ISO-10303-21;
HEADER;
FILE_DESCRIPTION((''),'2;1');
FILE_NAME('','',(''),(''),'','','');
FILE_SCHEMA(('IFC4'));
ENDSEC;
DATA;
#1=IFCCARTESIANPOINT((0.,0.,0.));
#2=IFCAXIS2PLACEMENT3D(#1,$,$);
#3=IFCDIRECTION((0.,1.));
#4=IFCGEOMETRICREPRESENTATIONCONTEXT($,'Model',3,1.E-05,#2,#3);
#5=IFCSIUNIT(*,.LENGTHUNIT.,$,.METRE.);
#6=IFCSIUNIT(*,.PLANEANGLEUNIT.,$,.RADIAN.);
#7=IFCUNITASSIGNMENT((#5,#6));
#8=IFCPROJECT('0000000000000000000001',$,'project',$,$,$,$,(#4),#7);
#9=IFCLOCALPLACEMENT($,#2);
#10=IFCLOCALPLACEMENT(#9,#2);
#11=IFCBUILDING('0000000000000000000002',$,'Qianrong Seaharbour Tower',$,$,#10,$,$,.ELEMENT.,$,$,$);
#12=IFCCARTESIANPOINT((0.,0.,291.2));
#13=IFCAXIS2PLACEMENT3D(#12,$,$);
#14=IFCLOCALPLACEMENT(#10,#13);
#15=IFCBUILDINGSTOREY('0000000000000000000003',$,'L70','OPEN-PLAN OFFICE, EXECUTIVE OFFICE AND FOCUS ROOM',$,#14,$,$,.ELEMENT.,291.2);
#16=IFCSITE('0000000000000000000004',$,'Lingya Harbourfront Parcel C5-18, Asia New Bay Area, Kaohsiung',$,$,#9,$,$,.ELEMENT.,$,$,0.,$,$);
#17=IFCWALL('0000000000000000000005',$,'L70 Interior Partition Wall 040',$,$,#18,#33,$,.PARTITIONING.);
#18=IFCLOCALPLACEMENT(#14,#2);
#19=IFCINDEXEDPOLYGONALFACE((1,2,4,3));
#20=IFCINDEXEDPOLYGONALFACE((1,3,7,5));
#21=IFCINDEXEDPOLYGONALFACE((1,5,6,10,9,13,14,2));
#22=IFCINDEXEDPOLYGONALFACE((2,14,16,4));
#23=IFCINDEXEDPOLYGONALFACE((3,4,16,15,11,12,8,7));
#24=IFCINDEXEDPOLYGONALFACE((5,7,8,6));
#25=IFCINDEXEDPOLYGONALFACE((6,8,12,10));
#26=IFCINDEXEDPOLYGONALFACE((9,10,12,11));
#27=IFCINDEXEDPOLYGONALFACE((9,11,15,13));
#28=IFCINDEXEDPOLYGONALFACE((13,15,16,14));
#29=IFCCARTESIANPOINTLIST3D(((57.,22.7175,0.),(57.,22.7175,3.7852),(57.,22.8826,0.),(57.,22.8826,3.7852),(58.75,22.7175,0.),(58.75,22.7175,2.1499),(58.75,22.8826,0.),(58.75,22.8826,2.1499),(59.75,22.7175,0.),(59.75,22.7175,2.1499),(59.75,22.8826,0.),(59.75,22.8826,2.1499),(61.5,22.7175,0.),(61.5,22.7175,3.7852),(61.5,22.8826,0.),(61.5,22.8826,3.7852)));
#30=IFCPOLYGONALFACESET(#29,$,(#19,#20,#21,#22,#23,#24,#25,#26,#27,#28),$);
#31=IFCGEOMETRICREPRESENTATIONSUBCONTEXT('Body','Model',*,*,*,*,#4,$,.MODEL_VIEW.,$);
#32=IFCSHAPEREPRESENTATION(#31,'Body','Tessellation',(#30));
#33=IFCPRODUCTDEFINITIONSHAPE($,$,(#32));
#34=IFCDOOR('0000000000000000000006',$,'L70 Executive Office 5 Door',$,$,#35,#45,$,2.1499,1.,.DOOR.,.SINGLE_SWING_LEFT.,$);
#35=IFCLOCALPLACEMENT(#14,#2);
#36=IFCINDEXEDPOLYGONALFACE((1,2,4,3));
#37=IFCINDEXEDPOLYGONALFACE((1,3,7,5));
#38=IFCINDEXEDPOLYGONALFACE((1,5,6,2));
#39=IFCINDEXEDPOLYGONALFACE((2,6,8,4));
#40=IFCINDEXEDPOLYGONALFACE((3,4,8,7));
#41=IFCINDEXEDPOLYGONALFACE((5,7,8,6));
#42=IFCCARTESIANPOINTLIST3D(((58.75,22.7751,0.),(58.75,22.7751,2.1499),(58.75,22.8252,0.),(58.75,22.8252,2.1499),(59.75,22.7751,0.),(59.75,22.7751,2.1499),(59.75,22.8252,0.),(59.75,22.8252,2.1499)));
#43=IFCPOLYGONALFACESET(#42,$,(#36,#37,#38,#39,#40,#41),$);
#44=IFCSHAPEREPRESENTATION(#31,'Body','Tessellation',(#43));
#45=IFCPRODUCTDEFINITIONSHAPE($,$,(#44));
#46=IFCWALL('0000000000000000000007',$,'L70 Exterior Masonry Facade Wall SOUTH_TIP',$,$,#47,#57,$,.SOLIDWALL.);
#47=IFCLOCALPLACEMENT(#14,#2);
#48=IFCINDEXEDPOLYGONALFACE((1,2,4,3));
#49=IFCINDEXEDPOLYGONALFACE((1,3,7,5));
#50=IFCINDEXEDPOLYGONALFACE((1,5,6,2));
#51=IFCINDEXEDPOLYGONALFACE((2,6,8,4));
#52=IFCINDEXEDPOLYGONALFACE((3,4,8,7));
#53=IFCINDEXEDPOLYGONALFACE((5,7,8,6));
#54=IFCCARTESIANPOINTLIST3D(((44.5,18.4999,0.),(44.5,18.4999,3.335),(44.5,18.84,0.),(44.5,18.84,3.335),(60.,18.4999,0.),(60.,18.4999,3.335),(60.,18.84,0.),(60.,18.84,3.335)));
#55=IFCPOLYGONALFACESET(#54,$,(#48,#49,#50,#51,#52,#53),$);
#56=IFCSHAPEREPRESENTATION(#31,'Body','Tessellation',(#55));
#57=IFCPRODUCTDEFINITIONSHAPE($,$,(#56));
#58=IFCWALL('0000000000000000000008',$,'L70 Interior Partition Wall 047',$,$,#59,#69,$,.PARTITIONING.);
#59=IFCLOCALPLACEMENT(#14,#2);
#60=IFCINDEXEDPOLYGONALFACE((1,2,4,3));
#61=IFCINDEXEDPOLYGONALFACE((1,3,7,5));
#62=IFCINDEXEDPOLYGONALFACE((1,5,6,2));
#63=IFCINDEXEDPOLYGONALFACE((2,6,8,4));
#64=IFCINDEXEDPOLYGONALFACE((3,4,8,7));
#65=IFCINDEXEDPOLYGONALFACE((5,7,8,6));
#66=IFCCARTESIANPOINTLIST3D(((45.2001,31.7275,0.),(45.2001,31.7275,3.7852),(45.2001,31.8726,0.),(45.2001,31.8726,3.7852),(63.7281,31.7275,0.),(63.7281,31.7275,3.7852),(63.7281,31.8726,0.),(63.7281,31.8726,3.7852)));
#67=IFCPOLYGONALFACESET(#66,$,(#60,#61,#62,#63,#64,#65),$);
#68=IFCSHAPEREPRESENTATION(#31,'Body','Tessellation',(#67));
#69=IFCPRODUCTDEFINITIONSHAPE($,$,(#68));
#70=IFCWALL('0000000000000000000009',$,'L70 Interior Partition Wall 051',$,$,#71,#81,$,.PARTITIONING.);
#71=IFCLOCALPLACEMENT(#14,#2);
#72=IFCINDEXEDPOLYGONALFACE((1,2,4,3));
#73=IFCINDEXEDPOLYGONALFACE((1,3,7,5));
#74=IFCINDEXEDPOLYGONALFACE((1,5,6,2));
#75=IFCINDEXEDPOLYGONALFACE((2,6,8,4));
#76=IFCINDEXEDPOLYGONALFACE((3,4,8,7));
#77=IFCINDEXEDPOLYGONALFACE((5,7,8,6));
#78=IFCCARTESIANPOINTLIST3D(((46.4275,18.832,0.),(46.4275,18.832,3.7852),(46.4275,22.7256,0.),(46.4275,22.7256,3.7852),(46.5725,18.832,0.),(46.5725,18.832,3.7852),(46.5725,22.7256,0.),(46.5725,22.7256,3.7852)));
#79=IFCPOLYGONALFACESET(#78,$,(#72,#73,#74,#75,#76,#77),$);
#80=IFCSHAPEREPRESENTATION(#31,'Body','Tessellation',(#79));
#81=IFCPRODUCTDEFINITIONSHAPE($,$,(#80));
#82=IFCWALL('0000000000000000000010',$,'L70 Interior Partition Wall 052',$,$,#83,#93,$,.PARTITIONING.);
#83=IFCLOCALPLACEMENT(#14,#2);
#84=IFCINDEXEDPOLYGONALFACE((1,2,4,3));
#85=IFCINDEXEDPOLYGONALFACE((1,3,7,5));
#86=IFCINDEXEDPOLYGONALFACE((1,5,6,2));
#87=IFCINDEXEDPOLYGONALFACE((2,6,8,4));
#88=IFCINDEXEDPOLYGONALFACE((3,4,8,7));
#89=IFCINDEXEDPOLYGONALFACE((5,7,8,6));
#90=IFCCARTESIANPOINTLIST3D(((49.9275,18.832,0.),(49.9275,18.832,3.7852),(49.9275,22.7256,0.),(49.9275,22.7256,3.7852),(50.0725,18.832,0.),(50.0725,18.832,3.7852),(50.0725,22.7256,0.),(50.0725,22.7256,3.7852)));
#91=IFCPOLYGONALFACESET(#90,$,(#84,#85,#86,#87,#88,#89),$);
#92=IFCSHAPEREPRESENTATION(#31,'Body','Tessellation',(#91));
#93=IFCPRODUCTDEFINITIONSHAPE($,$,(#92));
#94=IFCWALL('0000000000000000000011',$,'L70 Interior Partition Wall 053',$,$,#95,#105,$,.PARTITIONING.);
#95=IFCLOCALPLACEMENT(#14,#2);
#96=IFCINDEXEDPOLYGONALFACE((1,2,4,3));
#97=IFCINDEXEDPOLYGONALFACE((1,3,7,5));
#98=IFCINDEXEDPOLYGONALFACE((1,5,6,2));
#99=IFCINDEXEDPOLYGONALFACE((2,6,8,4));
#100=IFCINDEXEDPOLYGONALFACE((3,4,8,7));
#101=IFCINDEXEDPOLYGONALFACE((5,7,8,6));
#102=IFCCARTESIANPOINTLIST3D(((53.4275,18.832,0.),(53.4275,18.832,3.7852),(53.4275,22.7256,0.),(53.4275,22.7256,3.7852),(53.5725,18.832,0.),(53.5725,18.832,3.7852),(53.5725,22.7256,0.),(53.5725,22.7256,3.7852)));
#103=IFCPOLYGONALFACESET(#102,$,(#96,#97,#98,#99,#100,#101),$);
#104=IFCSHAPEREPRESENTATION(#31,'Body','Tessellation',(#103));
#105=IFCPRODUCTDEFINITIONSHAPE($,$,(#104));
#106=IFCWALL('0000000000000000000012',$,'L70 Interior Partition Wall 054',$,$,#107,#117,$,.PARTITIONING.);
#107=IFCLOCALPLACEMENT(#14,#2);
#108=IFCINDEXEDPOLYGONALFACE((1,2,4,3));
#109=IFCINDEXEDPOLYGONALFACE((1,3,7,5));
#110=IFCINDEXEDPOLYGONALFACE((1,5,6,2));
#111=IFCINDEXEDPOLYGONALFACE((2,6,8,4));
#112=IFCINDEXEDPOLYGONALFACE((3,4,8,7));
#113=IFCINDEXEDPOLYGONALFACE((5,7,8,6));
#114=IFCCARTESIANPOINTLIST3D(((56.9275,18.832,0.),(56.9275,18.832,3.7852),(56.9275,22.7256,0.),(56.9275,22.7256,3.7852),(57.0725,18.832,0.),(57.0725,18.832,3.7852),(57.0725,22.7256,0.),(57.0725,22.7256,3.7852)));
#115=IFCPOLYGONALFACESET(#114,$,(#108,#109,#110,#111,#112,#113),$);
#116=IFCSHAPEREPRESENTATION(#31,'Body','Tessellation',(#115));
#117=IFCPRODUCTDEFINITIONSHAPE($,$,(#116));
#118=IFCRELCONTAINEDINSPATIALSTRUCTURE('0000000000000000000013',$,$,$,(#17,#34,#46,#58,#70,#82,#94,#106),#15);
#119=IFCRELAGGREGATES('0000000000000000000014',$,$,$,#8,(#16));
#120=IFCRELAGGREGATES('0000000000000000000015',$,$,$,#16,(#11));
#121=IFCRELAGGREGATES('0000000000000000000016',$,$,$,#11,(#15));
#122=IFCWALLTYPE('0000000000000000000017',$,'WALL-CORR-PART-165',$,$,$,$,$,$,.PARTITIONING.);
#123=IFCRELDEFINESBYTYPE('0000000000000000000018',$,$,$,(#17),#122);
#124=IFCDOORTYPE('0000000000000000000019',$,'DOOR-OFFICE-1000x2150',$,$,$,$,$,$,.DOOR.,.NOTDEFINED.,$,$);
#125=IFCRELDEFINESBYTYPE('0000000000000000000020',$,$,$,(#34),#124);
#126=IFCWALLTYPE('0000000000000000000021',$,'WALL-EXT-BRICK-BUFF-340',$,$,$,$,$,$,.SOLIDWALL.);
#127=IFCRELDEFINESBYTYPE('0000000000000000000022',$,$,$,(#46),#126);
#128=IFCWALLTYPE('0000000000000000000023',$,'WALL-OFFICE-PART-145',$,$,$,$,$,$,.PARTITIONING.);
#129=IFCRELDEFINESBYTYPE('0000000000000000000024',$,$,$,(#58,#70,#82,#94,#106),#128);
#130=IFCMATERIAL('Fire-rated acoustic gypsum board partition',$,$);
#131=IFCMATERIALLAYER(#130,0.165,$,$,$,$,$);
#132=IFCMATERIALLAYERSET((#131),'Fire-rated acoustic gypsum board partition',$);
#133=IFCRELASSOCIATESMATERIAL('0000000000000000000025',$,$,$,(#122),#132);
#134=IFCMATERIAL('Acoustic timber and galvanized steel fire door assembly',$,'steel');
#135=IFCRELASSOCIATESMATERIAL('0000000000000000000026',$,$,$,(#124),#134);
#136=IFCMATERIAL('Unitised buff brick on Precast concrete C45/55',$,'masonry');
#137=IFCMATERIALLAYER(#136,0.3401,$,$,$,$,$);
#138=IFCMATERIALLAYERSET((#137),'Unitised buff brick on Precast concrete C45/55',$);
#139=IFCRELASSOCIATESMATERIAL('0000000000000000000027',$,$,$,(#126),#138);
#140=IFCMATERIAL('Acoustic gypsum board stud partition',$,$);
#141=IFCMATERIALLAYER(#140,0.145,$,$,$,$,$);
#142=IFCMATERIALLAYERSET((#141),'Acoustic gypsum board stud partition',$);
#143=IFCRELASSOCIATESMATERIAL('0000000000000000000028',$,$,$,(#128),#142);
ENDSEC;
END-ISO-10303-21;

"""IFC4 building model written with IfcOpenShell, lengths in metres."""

from ifc_helpers import new_model, si_unit, direction, frame, frame_2d, origin, place, context, subcontext, project, spatial, rectangle, extrude, material, layer, layer_set, type_object, element, fill, save


model = new_model("IFC4")

# Units and contexts
model_context = context("Model", 3, precision=1e-05, world=origin(), true_north=direction((0.0, 1.0)))
body_context = subcontext(model_context, "Body", "Model", "MODEL_VIEW")
ifc_project = project(units=[si_unit("LENGTHUNIT", "METRE"), si_unit("PLANEANGLEUNIT", "RADIAN")], contexts=[model_context])

# Site, building, storey
site_placement = place(None, origin())
site = spatial("IfcSite", under=ifc_project, at=site_placement, Name="Lingya Harbourfront Parcel C5-18, Asia New Bay Area, Kaohsiung", CompositionType="ELEMENT", RefElevation=0.0)
building_placement = place(site_placement, origin())
building = spatial("IfcBuilding", under=site, at=building_placement, Name="Qianrong Seaharbour Tower", CompositionType="ELEMENT")
storey_placement = place(building_placement, frame((0.0, 0.0, 291.2)))
storey = spatial("IfcBuildingStorey", under=building, at=storey_placement, Name="L70", Description="OPEN-PLAN OFFICE, EXECUTIVE OFFICE AND FOCUS ROOM", CompositionType="ELEMENT", Elevation=291.2)

# Shared definitions
ifc_material_1 = material(Name="Fire-rated acoustic gypsum board partition")
ifc_layer_1 = layer(ifc_material_1, 0.165)
ifc_layer_set_1 = layer_set([ifc_layer_1], Name="Fire-rated acoustic gypsum board partition")
wall_type_1 = type_object("IfcWallType", Name="WALL-CORR-PART-165", PredefinedType="PARTITIONING", material=ifc_layer_set_1)
ifc_material_2 = material(Name="Acoustic timber and galvanized steel fire door assembly", Category="steel")
door_type_1 = type_object("IfcDoorType", Name="DOOR-OFFICE-1000x2150", OperationType="NOTDEFINED", PredefinedType="DOOR", material=ifc_material_2)

# Wall, opening, door
wall_1_placement = place(storey_placement, frame((61.5, 22.8, 0.0), z_axis=(0.0, 0.0, 1.0), x_axis=(-1.0, 0.0, 0.0)))
wall_1 = element("IfcWall", 1, at=wall_1_placement, inside=storey, type_object=wall_type_1, Name="L70 Interior Partition Wall 040", PredefinedType="PARTITIONING", context=body_context, shape_type="SweptSolid", body=[
    extrude(rectangle(XDim=4.5, YDim=0.165, at=frame_2d((2.25, 0.0))), origin(), (0.0, 0.0, 1.0), 3.7852),
])
opening_1_placement = place(wall_1_placement, frame((1.75, 0.0, 0.0)))
opening_1 = element("IfcOpeningElement", 2, at=opening_1_placement, cuts=wall_1, PredefinedType="OPENING", context=body_context, shape_type="SweptSolid", body=[
    extrude(rectangle(XDim=1.0, YDim=2.1499, at=frame_2d((0.5, 1.075))), frame((0.0, 0.0925, 0.0), z_axis=(0.0, -1.0, 0.0), x_axis=(1.0, 0.0, 0.0)), (0.0, 0.0, 1.0), 0.1851),
])
door_1_placement = place(opening_1_placement, origin())
door_1 = element("IfcDoor", 3, at=door_1_placement, inside=storey, type_object=door_type_1, Name="L70 Executive Office 5 Door", OperationType="SINGLE_SWING_LEFT", OverallHeight=2.1499, OverallWidth=1.0, PredefinedType="DOOR", context=body_context, shape_type="SweptSolid", body=[
    extrude(rectangle(XDim=1.0, YDim=2.1499, at=frame_2d((0.5, 1.075))), frame((0.0, 0.0249, 0.0), z_axis=(0.0, -1.0, 0.0), x_axis=(1.0, 0.0, 0.0)), (0.0, 0.0, 1.0), 0.05),
])
fill(opening_1, door_1)

# Walls
ifc_material_3 = material(Name="Unitised buff brick on Precast concrete C45/55", Category="masonry")
ifc_layer_2 = layer(ifc_material_3, 0.3401)
ifc_layer_set_2 = layer_set([ifc_layer_2], Name="Unitised buff brick on Precast concrete C45/55")
wall_type_2 = type_object("IfcWallType", Name="WALL-EXT-BRICK-BUFF-340", PredefinedType="SOLIDWALL", material=ifc_layer_set_2)
wall_2_placement = place(storey_placement, frame((60.0, 18.6699, 0.0), z_axis=(0.0, 0.0, 1.0), x_axis=(-1.0, 0.0, 0.0)))
element("IfcWall", 4, at=wall_2_placement, inside=storey, type_object=wall_type_2, Name="L70 Exterior Masonry Facade Wall SOUTH_TIP", PredefinedType="SOLIDWALL", context=body_context, shape_type="SweptSolid", body=[
    extrude(rectangle(XDim=15.5, YDim=0.3401, at=frame_2d((7.75, 0.0))), origin(), (0.0, 0.0, 1.0), 3.335),
])
ifc_material_4 = material(Name="Acoustic gypsum board stud partition")
ifc_layer_3 = layer(ifc_material_4, 0.145)
ifc_layer_set_3 = layer_set([ifc_layer_3], Name="Acoustic gypsum board stud partition")
wall_type_3 = type_object("IfcWallType", Name="WALL-OFFICE-PART-145", PredefinedType="PARTITIONING", material=ifc_layer_set_3)
wall_3_placement = place(storey_placement, frame((45.2, 31.8, 0.0), z_axis=(0.0, 0.0, 1.0), x_axis=(1.0, 0.0, 0.0)))
element("IfcWall", 5, at=wall_3_placement, inside=storey, type_object=wall_type_3, Name="L70 Interior Partition Wall 047", PredefinedType="PARTITIONING", context=body_context, shape_type="SweptSolid", body=[
    extrude(rectangle(XDim=18.5281, YDim=0.145, at=frame_2d((9.2642, 0.0))), origin(), (0.0, 0.0, 1.0), 3.7852),
])
for number, where, z_axis, x_axis, name in (
    (6, (46.5, 22.7256, 0.0), (0.0, 0.0, 1.0), (0.0, -1.0, 0.0), "L70 Interior Partition Wall 051"),
    (7, (50.0, 22.7256, 0.0), (0.0, 0.0, 1.0), (0.0, -1.0, 0.0), "L70 Interior Partition Wall 052"),
    (8, (53.5, 22.7256, 0.0), (0.0, 0.0, 1.0), (0.0, -1.0, 0.0), "L70 Interior Partition Wall 053"),
    (9, (57.0, 22.7256, 0.0), (0.0, 0.0, 1.0), (0.0, -1.0, 0.0), "L70 Interior Partition Wall 054"),
):
    element("IfcWall", number, at=place(storey_placement, frame(where, z_axis=z_axis, x_axis=x_axis)), inside=storey, type_object=wall_type_3, Name=name, PredefinedType="PARTITIONING", context=body_context, shape_type="SweptSolid", body=[
        extrude(rectangle(XDim=3.8936, YDim=0.145, at=frame_2d((1.9468, 0.0))), origin(), (0.0, 0.0, 1.0), 3.7852),
    ])

save(model, "model.ifc")
